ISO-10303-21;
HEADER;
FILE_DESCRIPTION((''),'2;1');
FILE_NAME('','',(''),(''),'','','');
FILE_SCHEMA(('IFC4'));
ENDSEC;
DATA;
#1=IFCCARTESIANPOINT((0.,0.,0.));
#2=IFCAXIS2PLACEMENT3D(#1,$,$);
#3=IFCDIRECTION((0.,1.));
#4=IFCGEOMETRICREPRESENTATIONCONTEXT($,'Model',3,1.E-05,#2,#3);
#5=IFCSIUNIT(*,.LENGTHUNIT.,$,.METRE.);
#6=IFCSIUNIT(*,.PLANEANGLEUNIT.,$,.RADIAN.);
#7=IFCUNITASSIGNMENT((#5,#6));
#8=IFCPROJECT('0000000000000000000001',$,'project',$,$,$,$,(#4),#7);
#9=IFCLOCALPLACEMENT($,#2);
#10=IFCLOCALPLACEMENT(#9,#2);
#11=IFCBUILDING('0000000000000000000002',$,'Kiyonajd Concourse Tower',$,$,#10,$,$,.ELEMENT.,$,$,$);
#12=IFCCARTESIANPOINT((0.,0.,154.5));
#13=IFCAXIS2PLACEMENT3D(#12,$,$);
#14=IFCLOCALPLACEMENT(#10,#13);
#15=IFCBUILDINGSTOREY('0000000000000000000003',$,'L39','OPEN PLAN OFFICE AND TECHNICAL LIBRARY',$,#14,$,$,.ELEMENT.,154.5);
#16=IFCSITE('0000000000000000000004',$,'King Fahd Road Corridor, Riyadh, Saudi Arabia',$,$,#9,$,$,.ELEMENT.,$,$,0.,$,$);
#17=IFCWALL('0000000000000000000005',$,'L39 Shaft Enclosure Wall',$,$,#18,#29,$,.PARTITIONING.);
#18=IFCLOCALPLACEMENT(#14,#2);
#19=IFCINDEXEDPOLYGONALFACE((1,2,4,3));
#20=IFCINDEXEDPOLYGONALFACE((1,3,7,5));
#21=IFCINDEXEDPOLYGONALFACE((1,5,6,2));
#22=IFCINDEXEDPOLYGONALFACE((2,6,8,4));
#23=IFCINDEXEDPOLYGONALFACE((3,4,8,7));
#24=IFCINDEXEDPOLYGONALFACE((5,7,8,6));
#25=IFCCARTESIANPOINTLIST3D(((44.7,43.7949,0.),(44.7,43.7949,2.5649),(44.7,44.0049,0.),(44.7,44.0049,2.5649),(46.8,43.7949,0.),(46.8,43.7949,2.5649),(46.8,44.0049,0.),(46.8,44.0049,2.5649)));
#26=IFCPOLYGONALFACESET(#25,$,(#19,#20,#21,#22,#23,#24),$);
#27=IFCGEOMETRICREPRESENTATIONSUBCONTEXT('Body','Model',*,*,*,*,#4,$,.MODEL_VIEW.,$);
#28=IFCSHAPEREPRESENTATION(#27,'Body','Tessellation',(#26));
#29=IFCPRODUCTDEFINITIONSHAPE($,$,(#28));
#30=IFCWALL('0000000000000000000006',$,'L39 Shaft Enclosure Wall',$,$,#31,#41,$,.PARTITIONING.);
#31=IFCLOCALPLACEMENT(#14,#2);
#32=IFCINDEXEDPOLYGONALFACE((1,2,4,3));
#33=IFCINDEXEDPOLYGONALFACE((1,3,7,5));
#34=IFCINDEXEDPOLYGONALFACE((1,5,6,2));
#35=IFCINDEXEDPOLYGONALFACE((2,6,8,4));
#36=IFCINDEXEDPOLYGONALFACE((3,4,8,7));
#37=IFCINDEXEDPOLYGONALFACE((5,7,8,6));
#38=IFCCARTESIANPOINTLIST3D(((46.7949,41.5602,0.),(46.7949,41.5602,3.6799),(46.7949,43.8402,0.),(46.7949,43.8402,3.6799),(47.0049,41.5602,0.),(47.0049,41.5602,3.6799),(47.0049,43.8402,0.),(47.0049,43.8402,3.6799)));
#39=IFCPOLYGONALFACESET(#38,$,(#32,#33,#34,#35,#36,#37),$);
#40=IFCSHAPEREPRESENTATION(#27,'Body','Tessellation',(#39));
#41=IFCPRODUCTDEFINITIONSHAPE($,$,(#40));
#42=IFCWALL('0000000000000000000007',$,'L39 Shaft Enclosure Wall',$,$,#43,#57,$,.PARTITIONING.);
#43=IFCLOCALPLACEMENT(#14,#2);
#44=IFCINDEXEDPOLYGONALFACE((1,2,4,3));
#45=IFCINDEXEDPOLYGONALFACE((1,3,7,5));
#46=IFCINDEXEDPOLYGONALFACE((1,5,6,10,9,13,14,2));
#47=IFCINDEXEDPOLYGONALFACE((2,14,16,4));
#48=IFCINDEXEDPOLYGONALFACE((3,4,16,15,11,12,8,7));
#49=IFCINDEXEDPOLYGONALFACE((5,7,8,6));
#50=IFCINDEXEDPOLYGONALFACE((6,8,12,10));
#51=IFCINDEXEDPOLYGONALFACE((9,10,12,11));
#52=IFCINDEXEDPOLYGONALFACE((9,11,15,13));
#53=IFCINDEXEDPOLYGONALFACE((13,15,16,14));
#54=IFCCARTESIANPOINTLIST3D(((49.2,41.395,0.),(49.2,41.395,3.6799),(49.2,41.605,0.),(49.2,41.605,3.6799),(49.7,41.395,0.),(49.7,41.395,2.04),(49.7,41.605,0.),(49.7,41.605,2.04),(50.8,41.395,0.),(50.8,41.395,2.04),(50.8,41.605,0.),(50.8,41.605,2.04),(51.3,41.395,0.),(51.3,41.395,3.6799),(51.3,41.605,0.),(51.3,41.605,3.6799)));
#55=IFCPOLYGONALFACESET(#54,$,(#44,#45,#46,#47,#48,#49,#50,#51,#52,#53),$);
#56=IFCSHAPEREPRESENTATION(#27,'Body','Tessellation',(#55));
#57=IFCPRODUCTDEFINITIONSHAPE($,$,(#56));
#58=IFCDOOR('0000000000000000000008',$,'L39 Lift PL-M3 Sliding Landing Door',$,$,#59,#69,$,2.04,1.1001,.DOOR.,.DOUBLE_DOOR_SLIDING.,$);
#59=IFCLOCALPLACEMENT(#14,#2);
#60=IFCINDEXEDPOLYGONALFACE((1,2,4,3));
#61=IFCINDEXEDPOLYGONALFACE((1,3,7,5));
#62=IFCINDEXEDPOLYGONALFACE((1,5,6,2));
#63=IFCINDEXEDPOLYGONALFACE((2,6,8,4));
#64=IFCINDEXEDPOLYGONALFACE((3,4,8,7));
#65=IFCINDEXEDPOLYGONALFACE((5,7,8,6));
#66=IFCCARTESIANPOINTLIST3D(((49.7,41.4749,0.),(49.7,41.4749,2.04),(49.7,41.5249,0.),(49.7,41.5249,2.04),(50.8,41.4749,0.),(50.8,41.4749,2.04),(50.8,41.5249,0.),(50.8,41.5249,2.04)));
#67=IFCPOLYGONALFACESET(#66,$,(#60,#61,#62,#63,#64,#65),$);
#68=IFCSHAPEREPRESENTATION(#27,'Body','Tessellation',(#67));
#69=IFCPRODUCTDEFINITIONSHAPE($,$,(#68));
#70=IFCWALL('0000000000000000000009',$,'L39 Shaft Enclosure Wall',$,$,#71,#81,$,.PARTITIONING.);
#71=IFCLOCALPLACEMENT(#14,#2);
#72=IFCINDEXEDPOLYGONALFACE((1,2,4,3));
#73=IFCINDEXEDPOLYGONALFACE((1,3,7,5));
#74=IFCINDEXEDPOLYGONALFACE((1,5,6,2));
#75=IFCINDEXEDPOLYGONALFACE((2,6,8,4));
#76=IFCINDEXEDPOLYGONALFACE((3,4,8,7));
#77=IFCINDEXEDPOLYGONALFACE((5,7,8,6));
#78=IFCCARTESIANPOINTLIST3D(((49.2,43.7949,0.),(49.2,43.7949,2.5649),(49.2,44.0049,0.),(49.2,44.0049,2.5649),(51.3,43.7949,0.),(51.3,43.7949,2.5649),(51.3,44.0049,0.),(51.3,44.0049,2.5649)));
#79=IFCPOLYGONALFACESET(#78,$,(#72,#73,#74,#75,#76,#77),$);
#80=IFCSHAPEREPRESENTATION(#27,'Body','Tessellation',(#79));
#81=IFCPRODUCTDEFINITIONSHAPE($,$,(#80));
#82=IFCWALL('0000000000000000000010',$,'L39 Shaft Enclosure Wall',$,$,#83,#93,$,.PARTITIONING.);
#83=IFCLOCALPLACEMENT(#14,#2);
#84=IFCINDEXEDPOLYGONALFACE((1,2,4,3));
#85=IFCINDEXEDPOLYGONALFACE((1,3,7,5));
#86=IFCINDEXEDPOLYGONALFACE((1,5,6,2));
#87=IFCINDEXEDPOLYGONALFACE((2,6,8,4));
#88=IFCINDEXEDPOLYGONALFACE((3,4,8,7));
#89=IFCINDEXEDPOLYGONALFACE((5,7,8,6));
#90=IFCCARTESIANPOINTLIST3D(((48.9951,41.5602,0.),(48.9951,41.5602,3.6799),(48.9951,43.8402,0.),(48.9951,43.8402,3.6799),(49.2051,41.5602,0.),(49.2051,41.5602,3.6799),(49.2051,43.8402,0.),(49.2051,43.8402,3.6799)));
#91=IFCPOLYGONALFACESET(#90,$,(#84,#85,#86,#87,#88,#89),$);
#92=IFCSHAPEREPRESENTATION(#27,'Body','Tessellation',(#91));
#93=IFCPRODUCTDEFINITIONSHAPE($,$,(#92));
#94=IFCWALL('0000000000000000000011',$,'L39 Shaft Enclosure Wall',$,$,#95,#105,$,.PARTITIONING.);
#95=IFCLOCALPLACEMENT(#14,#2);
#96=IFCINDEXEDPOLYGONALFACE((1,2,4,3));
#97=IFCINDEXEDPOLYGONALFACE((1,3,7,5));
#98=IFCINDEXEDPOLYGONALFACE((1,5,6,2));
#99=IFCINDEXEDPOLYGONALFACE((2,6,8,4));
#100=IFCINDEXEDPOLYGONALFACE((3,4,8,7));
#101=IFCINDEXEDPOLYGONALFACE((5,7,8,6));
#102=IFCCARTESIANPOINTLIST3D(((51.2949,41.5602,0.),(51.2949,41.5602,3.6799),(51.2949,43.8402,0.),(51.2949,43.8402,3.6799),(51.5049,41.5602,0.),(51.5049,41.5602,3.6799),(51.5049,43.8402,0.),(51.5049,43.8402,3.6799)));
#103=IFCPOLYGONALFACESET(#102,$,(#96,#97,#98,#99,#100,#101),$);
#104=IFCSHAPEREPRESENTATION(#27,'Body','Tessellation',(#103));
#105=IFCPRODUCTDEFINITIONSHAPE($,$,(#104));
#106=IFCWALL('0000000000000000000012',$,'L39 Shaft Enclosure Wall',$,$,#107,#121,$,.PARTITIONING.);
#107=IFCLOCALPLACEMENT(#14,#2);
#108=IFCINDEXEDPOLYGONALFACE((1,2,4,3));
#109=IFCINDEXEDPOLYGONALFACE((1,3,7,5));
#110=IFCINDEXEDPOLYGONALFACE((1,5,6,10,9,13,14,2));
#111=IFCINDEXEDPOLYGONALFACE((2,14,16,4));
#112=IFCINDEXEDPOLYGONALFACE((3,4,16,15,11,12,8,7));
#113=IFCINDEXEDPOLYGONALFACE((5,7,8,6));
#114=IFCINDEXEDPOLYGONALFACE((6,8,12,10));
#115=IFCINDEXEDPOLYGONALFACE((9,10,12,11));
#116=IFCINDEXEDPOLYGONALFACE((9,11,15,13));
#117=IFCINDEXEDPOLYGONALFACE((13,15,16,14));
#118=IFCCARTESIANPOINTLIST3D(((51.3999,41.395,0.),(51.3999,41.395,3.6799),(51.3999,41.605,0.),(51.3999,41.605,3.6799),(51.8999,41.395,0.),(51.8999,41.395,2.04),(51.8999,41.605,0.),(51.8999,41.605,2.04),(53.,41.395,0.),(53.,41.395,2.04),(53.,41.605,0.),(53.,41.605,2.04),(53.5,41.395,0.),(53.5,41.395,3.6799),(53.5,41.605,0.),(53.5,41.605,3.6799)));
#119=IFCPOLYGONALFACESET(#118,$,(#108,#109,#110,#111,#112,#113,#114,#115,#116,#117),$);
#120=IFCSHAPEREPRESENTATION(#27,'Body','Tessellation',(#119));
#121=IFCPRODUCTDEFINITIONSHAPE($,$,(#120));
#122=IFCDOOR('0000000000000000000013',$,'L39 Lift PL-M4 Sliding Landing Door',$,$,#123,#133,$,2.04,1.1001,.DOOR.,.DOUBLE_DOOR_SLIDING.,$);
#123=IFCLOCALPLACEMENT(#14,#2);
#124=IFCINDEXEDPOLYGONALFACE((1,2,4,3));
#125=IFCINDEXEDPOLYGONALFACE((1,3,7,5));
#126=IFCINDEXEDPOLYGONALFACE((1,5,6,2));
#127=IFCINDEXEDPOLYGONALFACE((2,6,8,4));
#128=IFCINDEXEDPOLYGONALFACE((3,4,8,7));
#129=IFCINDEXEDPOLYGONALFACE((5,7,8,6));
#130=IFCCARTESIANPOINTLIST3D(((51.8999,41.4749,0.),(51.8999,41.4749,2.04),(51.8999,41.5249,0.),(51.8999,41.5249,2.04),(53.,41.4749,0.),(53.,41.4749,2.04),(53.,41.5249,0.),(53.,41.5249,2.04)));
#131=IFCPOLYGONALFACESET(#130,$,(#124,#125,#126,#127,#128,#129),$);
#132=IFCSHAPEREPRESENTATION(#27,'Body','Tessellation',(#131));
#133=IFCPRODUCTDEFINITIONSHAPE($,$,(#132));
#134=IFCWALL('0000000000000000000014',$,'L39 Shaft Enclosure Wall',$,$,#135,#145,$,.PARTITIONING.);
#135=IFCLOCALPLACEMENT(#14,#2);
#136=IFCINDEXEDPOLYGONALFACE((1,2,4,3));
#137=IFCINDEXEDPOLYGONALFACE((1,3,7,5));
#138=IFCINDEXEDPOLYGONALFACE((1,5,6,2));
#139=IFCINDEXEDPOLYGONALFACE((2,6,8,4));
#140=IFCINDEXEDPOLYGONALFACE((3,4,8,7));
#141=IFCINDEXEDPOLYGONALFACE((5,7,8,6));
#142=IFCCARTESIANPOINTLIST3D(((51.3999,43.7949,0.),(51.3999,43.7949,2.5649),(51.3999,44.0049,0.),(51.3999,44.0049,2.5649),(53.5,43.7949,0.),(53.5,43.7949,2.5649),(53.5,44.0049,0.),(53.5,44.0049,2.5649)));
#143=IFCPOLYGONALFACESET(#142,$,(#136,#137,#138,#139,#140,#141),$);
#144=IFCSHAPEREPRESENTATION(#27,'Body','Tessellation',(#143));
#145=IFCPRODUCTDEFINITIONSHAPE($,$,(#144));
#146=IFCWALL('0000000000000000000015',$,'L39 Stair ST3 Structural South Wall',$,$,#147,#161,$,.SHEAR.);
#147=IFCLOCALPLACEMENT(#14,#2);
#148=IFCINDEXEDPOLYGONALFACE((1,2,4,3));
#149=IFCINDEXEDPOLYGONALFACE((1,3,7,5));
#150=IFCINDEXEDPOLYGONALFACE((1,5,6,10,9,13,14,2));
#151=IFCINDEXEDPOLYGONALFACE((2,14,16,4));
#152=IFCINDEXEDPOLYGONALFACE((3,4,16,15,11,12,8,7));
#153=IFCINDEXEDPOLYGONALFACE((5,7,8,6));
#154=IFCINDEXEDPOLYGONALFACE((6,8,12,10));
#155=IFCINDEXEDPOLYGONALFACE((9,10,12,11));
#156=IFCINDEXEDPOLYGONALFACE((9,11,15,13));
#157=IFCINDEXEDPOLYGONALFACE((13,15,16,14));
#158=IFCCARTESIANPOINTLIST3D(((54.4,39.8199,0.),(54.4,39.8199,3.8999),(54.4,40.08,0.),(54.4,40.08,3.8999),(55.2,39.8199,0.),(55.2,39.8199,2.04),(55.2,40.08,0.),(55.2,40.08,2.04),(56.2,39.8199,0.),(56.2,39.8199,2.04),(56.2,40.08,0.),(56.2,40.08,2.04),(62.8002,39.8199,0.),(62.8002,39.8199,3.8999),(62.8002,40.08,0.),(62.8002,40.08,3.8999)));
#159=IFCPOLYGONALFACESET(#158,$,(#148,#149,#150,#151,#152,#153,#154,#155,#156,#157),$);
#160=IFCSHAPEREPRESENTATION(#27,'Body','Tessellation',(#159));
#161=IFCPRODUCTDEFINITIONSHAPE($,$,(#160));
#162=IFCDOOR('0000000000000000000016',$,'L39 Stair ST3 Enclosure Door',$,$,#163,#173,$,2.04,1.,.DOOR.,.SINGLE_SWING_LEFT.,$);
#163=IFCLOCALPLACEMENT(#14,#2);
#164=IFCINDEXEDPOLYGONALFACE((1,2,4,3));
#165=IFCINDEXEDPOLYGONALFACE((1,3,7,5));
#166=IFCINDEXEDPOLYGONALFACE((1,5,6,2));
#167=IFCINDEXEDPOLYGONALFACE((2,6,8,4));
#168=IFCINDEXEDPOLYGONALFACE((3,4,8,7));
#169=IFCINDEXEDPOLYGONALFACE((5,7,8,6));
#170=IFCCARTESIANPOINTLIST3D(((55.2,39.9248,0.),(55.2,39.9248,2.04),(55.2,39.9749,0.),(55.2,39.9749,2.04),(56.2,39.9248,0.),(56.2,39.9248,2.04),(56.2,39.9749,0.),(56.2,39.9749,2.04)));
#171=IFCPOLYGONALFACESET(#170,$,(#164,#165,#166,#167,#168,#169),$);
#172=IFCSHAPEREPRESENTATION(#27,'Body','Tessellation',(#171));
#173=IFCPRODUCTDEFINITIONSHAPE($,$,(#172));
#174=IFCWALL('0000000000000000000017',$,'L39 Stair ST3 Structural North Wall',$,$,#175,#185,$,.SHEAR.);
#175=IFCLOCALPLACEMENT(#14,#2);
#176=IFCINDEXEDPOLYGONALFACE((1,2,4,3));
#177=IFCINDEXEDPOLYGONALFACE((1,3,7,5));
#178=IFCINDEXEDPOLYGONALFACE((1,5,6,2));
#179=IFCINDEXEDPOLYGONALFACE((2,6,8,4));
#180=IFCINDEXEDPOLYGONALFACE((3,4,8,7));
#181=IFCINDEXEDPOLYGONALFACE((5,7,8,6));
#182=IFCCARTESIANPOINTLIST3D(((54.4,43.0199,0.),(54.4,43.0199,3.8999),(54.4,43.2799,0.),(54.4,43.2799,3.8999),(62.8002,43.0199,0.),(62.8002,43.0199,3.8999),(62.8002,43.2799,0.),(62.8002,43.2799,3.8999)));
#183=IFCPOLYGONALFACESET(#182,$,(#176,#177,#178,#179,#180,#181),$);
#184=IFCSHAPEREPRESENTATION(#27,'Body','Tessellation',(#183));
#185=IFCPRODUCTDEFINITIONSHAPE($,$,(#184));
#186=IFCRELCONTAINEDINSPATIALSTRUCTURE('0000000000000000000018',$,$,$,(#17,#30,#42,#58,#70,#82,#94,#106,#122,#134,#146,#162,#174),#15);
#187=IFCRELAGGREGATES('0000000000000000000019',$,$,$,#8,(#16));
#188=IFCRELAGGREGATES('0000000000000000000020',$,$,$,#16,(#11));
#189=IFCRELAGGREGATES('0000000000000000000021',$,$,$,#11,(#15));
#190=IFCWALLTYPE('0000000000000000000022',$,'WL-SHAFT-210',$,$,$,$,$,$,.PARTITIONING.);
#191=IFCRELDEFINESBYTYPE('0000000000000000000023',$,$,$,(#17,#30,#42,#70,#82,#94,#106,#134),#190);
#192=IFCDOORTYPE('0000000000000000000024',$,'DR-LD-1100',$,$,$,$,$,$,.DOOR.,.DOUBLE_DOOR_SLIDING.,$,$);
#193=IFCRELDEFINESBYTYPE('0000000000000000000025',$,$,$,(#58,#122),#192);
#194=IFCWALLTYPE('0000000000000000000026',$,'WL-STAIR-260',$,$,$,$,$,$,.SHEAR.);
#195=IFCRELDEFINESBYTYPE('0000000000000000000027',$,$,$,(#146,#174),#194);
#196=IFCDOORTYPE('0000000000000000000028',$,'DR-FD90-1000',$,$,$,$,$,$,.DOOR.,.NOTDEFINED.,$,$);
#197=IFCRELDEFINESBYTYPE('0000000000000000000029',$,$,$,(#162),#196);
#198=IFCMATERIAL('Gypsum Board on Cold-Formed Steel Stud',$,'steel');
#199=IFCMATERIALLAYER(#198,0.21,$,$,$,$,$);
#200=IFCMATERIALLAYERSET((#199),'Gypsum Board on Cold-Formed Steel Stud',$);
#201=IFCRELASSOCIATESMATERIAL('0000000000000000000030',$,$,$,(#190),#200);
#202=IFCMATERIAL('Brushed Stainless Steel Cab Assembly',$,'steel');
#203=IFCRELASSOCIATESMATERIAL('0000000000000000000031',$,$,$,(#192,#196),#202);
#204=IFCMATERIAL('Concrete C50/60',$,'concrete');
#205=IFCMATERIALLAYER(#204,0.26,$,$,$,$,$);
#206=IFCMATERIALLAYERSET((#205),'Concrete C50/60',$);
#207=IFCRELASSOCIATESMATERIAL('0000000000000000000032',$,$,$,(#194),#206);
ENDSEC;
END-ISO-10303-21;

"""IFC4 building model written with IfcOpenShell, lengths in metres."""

from ifc_helpers import new_model, si_unit, direction, frame, frame_2d, origin, place, context, subcontext, project, spatial, rectangle, extrude, material, layer, layer_set, type_object, element, fill, save


model = new_model("IFC4")

# Units and contexts
model_context = context("Model", 3, precision=1e-05, world=origin(), true_north=direction((0.0, 1.0)))
body_context = subcontext(model_context, "Body", "Model", "MODEL_VIEW")
ifc_project = project(units=[si_unit("LENGTHUNIT", "METRE"), si_unit("PLANEANGLEUNIT", "RADIAN")], contexts=[model_context])

# Site, building, storey
site_placement = place(None, origin())
site = spatial("IfcSite", under=ifc_project, at=site_placement, Name="King Fahd Road Corridor, Riyadh, Saudi Arabia", CompositionType="ELEMENT", RefElevation=0.0)
building_placement = place(site_placement, origin())
building = spatial("IfcBuilding", under=site, at=building_placement, Name="Kiyonajd Concourse Tower", CompositionType="ELEMENT")
storey_placement = place(building_placement, frame((0.0, 0.0, 154.5)))
storey = spatial("IfcBuildingStorey", under=building, at=storey_placement, Name="L39", Description="OPEN PLAN OFFICE AND TECHNICAL LIBRARY", CompositionType="ELEMENT", Elevation=154.5)

# Shared definitions
ifc_material_1 = material(Name="Concrete C50/60", Category="concrete")

# Shared definitions
ifc_material_2 = material(Name="Gypsum Board on Cold-Formed Steel Stud", Category="steel")
ifc_layer_1 = layer(ifc_material_2, 0.21)
ifc_layer_set_1 = layer_set([ifc_layer_1], Name="Gypsum Board on Cold-Formed Steel Stud")
wall_type_1 = type_object("IfcWallType", Name="WL-SHAFT-210", PredefinedType="PARTITIONING", material=ifc_layer_set_1)

# Shared definitions
ifc_material_3 = material(Name="Brushed Stainless Steel Cab Assembly", Category="steel")
door_type_1 = type_object("IfcDoorType", Name="DR-LD-1100", OperationType="DOUBLE_DOOR_SLIDING", PredefinedType="DOOR", material=ifc_material_3)

# Walls
wall_1_placement = place(storey_placement, frame((44.7, 43.8999, 0.0), z_axis=(0.0, 0.0, 1.0), x_axis=(1.0, 0.0, 0.0)))
element("IfcWall", 1, at=wall_1_placement, inside=storey, type_object=wall_type_1, Name="L39 Shaft Enclosure Wall", PredefinedType="PARTITIONING", context=body_context, shape_type="SweptSolid", body=[
    extrude(rectangle(XDim=2.1001, YDim=0.21, at=frame_2d((1.05, 0.0))), origin(), (0.0, 0.0, 1.0), 2.5649),
])
wall_2_placement = place(storey_placement, frame((46.8999, 41.5601, 0.0), z_axis=(0.0, 0.0, 1.0), x_axis=(0.0, 1.0, 0.0)))
element("IfcWall", 2, at=wall_2_placement, inside=storey, type_object=wall_type_1, Name="L39 Shaft Enclosure Wall", PredefinedType="PARTITIONING", context=body_context, shape_type="SweptSolid", body=[
    extrude(rectangle(XDim=2.28, YDim=0.21, at=frame_2d((1.1401, 0.0))), origin(), (0.0, 0.0, 1.0), 3.6799),
])

# Wall, opening, door
wall_3_placement = place(storey_placement, frame((49.2, 41.5, 0.0), z_axis=(0.0, 0.0, 1.0), x_axis=(1.0, 0.0, 0.0)))
wall_3 = element("IfcWall", 3, at=wall_3_placement, inside=storey, type_object=wall_type_1, Name="L39 Shaft Enclosure Wall", PredefinedType="PARTITIONING", context=body_context, shape_type="SweptSolid", body=[
    extrude(rectangle(XDim=2.1001, YDim=0.21, at=frame_2d((1.05, 0.0))), origin(), (0.0, 0.0, 1.0), 3.6799),
])
opening_1_placement = place(wall_3_placement, frame((0.5, 0.0, 0.0)))
opening_1 = element("IfcOpeningElement", 4, at=opening_1_placement, cuts=wall_3, PredefinedType="OPENING", context=body_context, shape_type="SweptSolid", body=[
    extrude(rectangle(XDim=1.1001, YDim=2.04, at=frame_2d((0.55, 1.02))), frame((0.0, 0.115, 0.0), z_axis=(0.0, -1.0, 0.0), x_axis=(1.0, 0.0, 0.0)), (0.0, 0.0, 1.0), 0.23),
])
door_1_placement = place(opening_1_placement, origin())
door_1 = element("IfcDoor", 5, at=door_1_placement, inside=storey, type_object=door_type_1, Name="L39 Lift PL-M3 Sliding Landing Door", OperationType="DOUBLE_DOOR_SLIDING", OverallHeight=2.04, OverallWidth=1.1001, PredefinedType="DOOR", context=body_context, shape_type="SweptSolid", body=[
    extrude(rectangle(XDim=1.1001, YDim=2.04, at=frame_2d((0.55, 1.02))), frame((0.0, 0.0249, 0.0), z_axis=(0.0, -1.0, 0.0), x_axis=(1.0, 0.0, 0.0)), (0.0, 0.0, 1.0), 0.05),
])
fill(opening_1, door_1)

# Walls
wall_4_placement = place(storey_placement, frame((49.2, 43.8999, 0.0), z_axis=(0.0, 0.0, 1.0), x_axis=(1.0, 0.0, 0.0)))
element("IfcWall", 6, at=wall_4_placement, inside=storey, type_object=wall_type_1, Name="L39 Shaft Enclosure Wall", PredefinedType="PARTITIONING", context=body_context, shape_type="SweptSolid", body=[
    extrude(rectangle(XDim=2.1001, YDim=0.21, at=frame_2d((1.05, 0.0))), origin(), (0.0, 0.0, 1.0), 2.5649),
])
for number, where, z_axis, x_axis, name in (
    (7, (49.1001, 41.5601, 0.0), (0.0, 0.0, 1.0), (0.0, 1.0, 0.0), "L39 Shaft Enclosure Wall"),
    (8, (51.3999, 41.5601, 0.0), (0.0, 0.0, 1.0), (0.0, 1.0, 0.0), "L39 Shaft Enclosure Wall"),
):
    element("IfcWall", number, at=place(storey_placement, frame(where, z_axis=z_axis, x_axis=x_axis)), inside=storey, type_object=wall_type_1, Name=name, PredefinedType="PARTITIONING", context=body_context, shape_type="SweptSolid", body=[
        extrude(rectangle(XDim=2.28, YDim=0.21, at=frame_2d((1.1401, 0.0))), origin(), (0.0, 0.0, 1.0), 3.6799),
    ])

# Wall, opening, door
wall_5_placement = place(storey_placement, frame((51.3999, 41.5, 0.0), z_axis=(0.0, 0.0, 1.0), x_axis=(1.0, 0.0, 0.0)))
wall_5 = element("IfcWall", 9, at=wall_5_placement, inside=storey, type_object=wall_type_1, Name="L39 Shaft Enclosure Wall", PredefinedType="PARTITIONING", context=body_context, shape_type="SweptSolid", body=[
    extrude(rectangle(XDim=2.1001, YDim=0.21, at=frame_2d((1.05, 0.0))), origin(), (0.0, 0.0, 1.0), 3.6799),
])
opening_2_placement = place(wall_5_placement, frame((0.5, 0.0, 0.0)))
opening_2 = element("IfcOpeningElement", 10, at=opening_2_placement, cuts=wall_5, PredefinedType="OPENING", context=body_context, shape_type="SweptSolid", body=[
    extrude(rectangle(XDim=1.1001, YDim=2.04, at=frame_2d((0.55, 1.02))), frame((0.0, 0.115, 0.0), z_axis=(0.0, -1.0, 0.0), x_axis=(1.0, 0.0, 0.0)), (0.0, 0.0, 1.0), 0.23),
])
door_2_placement = place(opening_2_placement, origin())
door_2 = element("IfcDoor", 11, at=door_2_placement, inside=storey, type_object=door_type_1, Name="L39 Lift PL-M4 Sliding Landing Door", OperationType="DOUBLE_DOOR_SLIDING", OverallHeight=2.04, OverallWidth=1.1001, PredefinedType="DOOR", context=body_context, shape_type="SweptSolid", body=[
    extrude(rectangle(XDim=1.1001, YDim=2.04, at=frame_2d((0.55, 1.02))), frame((0.0, 0.0249, 0.0), z_axis=(0.0, -1.0, 0.0), x_axis=(1.0, 0.0, 0.0)), (0.0, 0.0, 1.0), 0.05),
])
fill(opening_2, door_2)

# Wall
wall_6_placement = place(storey_placement, frame((51.3999, 43.8999, 0.0), z_axis=(0.0, 0.0, 1.0), x_axis=(1.0, 0.0, 0.0)))
element("IfcWall", 12, at=wall_6_placement, inside=storey, type_object=wall_type_1, Name="L39 Shaft Enclosure Wall", PredefinedType="PARTITIONING", context=body_context, shape_type="SweptSolid", body=[
    extrude(rectangle(XDim=2.1001, YDim=0.21, at=frame_2d((1.05, 0.0))), origin(), (0.0, 0.0, 1.0), 2.5649),
])

# Wall, opening, door
ifc_layer_2 = layer(ifc_material_1, 0.26)
ifc_layer_set_2 = layer_set([ifc_layer_2], Name="Concrete C50/60")
wall_type_2 = type_object("IfcWallType", Name="WL-STAIR-260", PredefinedType="SHEAR", material=ifc_layer_set_2)
wall_7_placement = place(storey_placement, frame((54.3999, 39.95, 0.0), z_axis=(0.0, 0.0, 1.0), x_axis=(1.0, 0.0, 0.0)))
wall_7 = element("IfcWall", 13, at=wall_7_placement, inside=storey, type_object=wall_type_2, Name="L39 Stair ST3 Structural South Wall", PredefinedType="SHEAR", context=body_context, shape_type="SweptSolid", body=[
    extrude(rectangle(XDim=8.4001, YDim=0.26, at=frame_2d((4.2002, 0.0))), origin(), (0.0, 0.0, 1.0), 3.8999),
])
opening_3_placement = place(wall_7_placement, frame((0.8, 0.0, 0.0)))
opening_3 = element("IfcOpeningElement", 14, at=opening_3_placement, cuts=wall_7, PredefinedType="OPENING", context=body_context, shape_type="SweptSolid", body=[
    extrude(rectangle(XDim=1.0, YDim=2.04, at=frame_2d((0.5, 1.02))), frame((0.0, 0.1399, 0.0), z_axis=(0.0, -1.0, 0.0), x_axis=(1.0, 0.0, 0.0)), (0.0, 0.0, 1.0), 0.28),
])
door_type_2 = type_object("IfcDoorType", Name="DR-FD90-1000", OperationType="NOTDEFINED", PredefinedType="DOOR", material=ifc_material_3)
door_3_placement = place(opening_3_placement, origin())
door_3 = element("IfcDoor", 15, at=door_3_placement, inside=storey, type_object=door_type_2, Name="L39 Stair ST3 Enclosure Door", OperationType="SINGLE_SWING_LEFT", OverallHeight=2.04, OverallWidth=1.0, PredefinedType="DOOR", context=body_context, shape_type="SweptSolid", body=[
    extrude(rectangle(XDim=1.0, YDim=2.04, at=frame_2d((0.5, 1.02))), frame((0.0, 0.0249, 0.0), z_axis=(0.0, -1.0, 0.0), x_axis=(1.0, 0.0, 0.0)), (0.0, 0.0, 1.0), 0.05),
])
fill(opening_3, door_3)

# Wall
wall_8_placement = place(storey_placement, frame((54.3999, 43.1499, 0.0), z_axis=(0.0, 0.0, 1.0), x_axis=(1.0, 0.0, 0.0)))
element("IfcWall", 16, at=wall_8_placement, inside=storey, type_object=wall_type_2, Name="L39 Stair ST3 Structural North Wall", PredefinedType="SHEAR", context=body_context, shape_type="SweptSolid", body=[
    extrude(rectangle(XDim=8.4001, YDim=0.26, at=frame_2d((4.2002, 0.0))), origin(), (0.0, 0.0, 1.0), 3.8999),
])

save(model, "model.ifc")
